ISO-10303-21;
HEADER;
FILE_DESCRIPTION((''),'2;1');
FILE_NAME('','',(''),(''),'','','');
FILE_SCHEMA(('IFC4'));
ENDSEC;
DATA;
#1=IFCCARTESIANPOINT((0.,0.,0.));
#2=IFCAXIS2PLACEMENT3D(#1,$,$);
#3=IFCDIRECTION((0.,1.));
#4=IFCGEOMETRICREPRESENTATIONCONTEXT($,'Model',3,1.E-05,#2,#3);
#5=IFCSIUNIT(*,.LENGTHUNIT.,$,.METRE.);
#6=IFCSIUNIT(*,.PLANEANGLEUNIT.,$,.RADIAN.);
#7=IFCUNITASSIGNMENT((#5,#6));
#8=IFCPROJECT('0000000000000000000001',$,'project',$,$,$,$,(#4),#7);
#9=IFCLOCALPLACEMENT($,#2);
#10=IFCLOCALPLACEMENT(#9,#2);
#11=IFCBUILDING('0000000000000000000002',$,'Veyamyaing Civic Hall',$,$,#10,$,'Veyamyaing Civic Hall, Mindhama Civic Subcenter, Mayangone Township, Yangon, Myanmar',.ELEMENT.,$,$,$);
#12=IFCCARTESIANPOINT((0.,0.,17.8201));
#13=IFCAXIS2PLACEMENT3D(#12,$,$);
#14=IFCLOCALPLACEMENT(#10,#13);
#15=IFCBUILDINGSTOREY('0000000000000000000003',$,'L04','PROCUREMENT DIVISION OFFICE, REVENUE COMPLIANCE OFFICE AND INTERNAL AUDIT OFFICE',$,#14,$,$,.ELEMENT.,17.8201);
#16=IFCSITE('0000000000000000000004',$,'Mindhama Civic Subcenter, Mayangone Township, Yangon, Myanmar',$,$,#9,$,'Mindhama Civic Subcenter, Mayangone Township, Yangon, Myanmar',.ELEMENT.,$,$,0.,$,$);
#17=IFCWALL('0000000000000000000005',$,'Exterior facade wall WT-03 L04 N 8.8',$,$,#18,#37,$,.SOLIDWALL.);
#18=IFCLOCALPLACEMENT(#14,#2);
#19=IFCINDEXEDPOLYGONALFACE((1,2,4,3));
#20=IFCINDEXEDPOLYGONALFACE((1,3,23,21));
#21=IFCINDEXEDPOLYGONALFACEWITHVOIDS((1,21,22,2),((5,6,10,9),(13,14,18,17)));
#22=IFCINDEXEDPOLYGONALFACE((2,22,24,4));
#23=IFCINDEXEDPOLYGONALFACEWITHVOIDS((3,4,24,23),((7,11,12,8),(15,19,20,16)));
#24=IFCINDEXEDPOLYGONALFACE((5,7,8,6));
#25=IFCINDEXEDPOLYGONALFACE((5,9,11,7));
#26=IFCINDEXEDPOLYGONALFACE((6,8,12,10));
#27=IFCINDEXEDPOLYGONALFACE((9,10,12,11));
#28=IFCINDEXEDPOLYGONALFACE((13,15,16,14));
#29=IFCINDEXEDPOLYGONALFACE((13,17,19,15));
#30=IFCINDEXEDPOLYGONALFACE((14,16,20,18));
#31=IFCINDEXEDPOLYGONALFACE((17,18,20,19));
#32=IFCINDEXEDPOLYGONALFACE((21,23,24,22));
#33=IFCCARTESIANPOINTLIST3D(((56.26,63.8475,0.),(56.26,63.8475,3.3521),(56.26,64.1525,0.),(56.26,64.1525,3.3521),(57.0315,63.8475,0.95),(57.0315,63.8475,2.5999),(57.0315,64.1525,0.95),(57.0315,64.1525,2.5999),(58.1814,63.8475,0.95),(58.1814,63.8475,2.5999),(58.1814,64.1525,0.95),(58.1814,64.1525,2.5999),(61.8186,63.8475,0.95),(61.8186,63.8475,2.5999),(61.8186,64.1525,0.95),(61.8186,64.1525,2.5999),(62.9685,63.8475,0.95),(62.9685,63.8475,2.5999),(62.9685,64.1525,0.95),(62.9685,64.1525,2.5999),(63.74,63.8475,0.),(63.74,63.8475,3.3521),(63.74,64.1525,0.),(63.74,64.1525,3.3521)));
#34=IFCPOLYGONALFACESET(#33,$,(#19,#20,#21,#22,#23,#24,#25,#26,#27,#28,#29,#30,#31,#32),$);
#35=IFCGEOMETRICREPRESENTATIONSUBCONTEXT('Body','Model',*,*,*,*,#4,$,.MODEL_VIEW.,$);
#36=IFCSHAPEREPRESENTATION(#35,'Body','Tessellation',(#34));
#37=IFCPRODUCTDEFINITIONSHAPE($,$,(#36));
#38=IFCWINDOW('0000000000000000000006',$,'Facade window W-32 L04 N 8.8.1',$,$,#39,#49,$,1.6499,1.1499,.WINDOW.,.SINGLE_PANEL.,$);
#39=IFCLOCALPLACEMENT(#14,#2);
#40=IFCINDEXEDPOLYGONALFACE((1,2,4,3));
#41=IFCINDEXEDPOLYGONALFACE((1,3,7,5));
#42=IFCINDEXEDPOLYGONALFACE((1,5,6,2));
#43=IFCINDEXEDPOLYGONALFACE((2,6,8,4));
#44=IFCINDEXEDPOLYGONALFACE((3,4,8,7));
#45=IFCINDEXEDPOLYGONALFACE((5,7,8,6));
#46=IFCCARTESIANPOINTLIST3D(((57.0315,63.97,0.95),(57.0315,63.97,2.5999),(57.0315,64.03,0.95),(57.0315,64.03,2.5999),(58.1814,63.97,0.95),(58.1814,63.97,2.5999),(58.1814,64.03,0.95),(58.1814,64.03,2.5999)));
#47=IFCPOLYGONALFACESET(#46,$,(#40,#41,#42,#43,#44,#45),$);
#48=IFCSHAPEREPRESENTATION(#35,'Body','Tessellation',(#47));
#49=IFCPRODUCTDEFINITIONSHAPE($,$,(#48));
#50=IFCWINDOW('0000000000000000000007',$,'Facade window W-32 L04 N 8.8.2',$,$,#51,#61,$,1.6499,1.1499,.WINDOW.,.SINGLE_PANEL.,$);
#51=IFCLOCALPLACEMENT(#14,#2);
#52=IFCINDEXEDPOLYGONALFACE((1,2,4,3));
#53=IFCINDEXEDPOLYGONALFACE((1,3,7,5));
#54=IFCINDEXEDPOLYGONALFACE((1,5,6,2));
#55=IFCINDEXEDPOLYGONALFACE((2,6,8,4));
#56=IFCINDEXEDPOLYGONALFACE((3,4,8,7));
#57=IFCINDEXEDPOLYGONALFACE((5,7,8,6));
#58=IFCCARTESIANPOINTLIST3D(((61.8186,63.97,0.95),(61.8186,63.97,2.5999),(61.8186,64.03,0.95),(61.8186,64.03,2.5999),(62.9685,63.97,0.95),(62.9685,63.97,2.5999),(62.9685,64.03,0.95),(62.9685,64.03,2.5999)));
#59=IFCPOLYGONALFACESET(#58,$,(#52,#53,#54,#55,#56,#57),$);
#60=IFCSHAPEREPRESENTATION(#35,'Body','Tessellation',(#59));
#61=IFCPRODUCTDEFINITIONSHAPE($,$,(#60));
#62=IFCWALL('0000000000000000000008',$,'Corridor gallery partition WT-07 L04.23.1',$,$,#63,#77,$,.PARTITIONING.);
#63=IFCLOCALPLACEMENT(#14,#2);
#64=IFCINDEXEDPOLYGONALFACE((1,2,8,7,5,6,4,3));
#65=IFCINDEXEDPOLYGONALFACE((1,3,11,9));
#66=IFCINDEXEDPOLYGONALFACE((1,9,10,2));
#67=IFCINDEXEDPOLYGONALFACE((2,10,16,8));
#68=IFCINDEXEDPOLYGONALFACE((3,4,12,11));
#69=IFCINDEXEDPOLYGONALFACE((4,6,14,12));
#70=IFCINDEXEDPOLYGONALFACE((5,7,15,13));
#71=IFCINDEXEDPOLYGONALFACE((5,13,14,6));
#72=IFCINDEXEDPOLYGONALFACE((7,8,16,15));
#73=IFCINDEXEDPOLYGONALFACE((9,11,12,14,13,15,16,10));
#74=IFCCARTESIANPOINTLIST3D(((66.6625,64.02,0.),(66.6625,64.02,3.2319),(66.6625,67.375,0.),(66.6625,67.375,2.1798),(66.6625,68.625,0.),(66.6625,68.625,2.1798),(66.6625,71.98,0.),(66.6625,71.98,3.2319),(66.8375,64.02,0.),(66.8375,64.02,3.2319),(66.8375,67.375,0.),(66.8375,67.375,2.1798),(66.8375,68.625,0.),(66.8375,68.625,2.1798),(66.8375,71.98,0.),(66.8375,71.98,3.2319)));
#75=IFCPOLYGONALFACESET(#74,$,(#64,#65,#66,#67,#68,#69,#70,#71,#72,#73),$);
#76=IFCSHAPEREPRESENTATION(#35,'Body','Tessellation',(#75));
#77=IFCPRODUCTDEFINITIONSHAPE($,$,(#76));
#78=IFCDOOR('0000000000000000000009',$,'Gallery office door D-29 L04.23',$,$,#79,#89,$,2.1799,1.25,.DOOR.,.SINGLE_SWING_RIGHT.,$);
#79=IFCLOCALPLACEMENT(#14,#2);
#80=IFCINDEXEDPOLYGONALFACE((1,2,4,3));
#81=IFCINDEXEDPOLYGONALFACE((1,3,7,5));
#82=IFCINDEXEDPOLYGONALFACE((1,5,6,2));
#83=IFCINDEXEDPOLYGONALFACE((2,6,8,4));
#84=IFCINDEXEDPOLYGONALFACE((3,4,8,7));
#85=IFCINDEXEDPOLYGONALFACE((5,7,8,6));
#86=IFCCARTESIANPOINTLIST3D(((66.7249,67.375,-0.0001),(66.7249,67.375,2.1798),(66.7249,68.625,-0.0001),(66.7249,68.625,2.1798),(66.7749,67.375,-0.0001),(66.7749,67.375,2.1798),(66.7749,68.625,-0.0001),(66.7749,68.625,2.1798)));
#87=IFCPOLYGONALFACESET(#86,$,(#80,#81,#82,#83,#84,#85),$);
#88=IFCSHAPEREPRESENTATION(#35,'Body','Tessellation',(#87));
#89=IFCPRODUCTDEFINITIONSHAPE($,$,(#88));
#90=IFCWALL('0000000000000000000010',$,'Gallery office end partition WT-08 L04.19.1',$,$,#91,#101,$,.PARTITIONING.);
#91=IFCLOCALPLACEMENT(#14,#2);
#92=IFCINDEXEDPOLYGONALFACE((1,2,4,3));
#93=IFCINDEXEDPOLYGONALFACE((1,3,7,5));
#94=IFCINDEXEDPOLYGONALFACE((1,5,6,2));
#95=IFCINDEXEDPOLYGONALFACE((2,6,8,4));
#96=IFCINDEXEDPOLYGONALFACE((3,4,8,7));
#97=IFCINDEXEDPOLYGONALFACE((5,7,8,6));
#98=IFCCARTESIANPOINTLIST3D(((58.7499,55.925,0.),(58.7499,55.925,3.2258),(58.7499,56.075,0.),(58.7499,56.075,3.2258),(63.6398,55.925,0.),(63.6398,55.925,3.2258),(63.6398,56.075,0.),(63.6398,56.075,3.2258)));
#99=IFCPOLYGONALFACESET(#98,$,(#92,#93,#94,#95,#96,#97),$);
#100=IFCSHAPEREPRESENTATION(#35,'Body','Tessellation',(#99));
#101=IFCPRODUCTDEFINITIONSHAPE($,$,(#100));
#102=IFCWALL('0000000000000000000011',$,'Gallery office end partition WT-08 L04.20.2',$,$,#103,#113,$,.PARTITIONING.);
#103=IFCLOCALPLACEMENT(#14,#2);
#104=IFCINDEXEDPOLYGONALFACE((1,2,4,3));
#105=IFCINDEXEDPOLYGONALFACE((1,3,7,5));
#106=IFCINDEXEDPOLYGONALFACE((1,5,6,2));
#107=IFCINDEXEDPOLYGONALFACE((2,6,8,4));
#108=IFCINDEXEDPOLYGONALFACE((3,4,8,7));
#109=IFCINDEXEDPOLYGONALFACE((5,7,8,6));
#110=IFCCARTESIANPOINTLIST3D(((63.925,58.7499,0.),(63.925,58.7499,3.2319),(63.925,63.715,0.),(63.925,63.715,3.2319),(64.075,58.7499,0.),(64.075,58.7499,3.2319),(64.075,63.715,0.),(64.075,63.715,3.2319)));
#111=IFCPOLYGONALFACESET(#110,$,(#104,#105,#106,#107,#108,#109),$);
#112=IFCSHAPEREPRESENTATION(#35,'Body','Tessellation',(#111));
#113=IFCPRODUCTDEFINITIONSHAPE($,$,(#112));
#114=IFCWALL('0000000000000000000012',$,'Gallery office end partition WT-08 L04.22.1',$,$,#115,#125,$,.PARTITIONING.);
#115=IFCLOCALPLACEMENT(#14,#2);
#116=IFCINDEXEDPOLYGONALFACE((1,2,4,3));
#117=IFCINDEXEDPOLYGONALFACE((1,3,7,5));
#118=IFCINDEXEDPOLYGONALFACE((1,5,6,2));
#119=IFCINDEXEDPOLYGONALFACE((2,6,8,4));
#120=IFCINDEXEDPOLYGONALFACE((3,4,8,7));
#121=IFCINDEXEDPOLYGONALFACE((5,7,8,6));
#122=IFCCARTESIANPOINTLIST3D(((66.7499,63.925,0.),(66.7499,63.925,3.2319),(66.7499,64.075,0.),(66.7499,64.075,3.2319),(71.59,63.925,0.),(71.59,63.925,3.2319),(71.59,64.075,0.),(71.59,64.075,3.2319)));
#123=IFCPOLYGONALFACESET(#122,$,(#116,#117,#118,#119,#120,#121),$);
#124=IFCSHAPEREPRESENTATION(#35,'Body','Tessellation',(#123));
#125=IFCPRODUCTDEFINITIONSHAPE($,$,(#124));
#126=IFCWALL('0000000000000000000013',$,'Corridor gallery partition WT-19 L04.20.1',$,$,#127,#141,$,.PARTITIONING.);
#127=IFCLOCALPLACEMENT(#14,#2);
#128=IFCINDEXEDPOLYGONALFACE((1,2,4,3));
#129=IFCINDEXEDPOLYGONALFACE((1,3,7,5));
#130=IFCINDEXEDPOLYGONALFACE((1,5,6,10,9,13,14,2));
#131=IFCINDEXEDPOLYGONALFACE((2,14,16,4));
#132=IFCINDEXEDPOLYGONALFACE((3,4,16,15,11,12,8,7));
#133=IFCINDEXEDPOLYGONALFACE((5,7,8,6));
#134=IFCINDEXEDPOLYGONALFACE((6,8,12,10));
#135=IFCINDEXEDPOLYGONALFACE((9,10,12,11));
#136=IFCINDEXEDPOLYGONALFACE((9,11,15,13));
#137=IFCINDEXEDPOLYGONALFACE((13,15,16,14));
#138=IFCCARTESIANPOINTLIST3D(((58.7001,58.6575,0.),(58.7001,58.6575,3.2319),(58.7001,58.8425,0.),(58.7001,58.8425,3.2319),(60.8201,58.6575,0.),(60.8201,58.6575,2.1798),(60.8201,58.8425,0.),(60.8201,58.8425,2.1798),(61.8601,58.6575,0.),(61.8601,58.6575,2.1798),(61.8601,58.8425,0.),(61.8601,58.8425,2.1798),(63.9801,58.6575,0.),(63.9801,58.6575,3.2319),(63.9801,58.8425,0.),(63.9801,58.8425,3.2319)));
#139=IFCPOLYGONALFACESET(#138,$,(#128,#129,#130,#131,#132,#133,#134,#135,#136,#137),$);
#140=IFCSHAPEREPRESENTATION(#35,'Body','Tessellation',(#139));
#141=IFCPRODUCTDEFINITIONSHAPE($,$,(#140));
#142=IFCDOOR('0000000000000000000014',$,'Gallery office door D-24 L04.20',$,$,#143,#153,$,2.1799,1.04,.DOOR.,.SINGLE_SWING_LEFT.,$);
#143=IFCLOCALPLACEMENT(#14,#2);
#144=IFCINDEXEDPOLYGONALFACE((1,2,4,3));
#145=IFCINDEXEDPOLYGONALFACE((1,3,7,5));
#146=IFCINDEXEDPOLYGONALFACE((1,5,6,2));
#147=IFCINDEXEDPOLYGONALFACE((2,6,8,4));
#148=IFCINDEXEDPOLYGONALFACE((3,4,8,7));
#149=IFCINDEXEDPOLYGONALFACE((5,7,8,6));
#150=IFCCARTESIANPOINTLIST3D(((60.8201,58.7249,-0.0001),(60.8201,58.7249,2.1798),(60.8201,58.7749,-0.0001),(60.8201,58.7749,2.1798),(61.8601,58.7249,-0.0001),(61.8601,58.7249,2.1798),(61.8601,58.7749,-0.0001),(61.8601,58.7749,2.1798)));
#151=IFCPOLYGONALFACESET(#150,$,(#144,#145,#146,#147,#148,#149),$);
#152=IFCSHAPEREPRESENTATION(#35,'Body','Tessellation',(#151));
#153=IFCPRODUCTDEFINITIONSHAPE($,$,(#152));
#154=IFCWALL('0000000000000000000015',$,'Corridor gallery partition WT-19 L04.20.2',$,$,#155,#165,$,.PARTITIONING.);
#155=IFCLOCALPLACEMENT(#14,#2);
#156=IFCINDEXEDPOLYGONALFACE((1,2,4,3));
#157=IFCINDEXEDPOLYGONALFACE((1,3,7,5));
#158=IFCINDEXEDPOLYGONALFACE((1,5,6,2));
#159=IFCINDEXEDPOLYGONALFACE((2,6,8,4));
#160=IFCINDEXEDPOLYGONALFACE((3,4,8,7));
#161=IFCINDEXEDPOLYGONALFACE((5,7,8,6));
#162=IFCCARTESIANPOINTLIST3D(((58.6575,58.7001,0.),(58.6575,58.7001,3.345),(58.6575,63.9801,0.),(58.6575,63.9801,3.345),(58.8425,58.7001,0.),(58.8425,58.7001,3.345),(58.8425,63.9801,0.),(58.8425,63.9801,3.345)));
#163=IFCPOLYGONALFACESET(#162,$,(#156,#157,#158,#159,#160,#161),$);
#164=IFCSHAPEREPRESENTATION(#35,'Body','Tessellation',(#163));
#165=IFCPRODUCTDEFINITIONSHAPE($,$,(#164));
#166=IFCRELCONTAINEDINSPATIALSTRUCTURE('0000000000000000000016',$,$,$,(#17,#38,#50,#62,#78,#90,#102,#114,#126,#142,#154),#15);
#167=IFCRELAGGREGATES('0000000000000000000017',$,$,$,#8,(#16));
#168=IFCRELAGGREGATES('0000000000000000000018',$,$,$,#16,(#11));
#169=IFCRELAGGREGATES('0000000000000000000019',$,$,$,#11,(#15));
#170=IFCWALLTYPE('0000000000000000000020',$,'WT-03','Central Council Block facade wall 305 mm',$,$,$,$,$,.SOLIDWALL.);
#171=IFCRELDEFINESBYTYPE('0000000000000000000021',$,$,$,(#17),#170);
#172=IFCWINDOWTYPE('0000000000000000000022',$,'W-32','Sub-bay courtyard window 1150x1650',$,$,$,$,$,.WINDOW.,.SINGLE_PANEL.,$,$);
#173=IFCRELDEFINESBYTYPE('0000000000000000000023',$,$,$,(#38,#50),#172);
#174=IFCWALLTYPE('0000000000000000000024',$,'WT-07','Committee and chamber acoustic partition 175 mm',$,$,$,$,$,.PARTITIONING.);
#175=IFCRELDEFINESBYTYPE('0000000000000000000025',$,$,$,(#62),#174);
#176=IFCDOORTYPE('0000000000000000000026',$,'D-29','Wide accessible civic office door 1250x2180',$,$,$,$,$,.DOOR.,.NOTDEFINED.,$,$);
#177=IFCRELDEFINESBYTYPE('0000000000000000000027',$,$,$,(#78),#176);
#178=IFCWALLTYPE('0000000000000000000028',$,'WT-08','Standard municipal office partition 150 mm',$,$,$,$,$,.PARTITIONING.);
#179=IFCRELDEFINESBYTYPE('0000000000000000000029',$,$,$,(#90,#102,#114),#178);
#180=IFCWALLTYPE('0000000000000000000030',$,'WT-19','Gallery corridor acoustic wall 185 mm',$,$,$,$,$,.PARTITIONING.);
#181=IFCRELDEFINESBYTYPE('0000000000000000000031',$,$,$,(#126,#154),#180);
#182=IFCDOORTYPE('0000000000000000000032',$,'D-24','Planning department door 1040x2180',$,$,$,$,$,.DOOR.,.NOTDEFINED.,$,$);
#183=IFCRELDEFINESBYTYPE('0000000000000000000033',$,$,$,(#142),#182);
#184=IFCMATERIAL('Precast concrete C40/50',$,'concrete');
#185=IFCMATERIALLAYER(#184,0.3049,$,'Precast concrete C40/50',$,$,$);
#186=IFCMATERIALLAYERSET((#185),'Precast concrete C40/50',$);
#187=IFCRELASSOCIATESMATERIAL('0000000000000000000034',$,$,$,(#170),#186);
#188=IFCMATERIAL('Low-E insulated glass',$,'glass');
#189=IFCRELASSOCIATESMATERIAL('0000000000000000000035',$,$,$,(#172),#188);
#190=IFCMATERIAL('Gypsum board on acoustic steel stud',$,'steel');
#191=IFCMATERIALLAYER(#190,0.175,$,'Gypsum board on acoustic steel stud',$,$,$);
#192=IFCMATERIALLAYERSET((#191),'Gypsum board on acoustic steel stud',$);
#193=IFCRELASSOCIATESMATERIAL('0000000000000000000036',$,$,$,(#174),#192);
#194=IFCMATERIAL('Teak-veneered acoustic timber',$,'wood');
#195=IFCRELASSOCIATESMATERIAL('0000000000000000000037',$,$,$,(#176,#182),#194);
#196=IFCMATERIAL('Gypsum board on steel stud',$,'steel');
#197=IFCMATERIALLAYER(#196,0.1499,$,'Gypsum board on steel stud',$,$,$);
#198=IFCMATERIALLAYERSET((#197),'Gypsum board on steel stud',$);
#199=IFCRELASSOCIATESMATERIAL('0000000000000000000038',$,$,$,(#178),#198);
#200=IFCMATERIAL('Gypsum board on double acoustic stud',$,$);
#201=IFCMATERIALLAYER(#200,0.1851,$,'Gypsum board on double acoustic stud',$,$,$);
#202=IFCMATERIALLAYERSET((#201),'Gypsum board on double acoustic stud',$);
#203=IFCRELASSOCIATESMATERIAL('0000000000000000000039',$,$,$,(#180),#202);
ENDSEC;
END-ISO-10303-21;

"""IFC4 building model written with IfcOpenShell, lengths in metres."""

from ifc_helpers import new_model, si_unit, direction, frame, frame_2d, origin, place, context, subcontext, project, spatial, rectangle, extrude, material, layer, layer_set, type_object, element, fill, save


model = new_model("IFC4")

# Units and contexts
model_context = context("Model", 3, precision=1e-05, world=origin(), true_north=direction((0.0, 1.0)))
body_context = subcontext(model_context, "Body", "Model", "MODEL_VIEW")
ifc_project = project(units=[si_unit("LENGTHUNIT", "METRE"), si_unit("PLANEANGLEUNIT", "RADIAN")], contexts=[model_context])

# Site, building, storey
site_placement = place(None, origin())
site = spatial("IfcSite", under=ifc_project, at=site_placement, Name="Mindhama Civic Subcenter, Mayangone Township, Yangon, Myanmar", LongName="Mindhama Civic Subcenter, Mayangone Township, Yangon, Myanmar", CompositionType="ELEMENT", RefElevation=0.0)
building_placement = place(site_placement, origin())
building = spatial("IfcBuilding", under=site, at=building_placement, Name="Veyamyaing Civic Hall", LongName="Veyamyaing Civic Hall, Mindhama Civic Subcenter, Mayangone Township, Yangon, Myanmar", CompositionType="ELEMENT")
storey_placement = place(building_placement, frame((0.0, 0.0, 17.8201)))
storey = spatial("IfcBuildingStorey", under=building, at=storey_placement, Name="L04", Description="PROCUREMENT DIVISION OFFICE, REVENUE COMPLIANCE OFFICE AND INTERNAL AUDIT OFFICE", CompositionType="ELEMENT", Elevation=17.8201)

# Wall, openings, windows
ifc_material_1 = material(Name="Precast concrete C40/50", Category="concrete")
ifc_layer_1 = layer(ifc_material_1, 0.3049, Name="Precast concrete C40/50")
ifc_layer_set_1 = layer_set([ifc_layer_1], Name="Precast concrete C40/50")
wall_type_1 = type_object("IfcWallType", Name="WT-03", Description="Central Council Block facade wall 305 mm", PredefinedType="SOLIDWALL", material=ifc_layer_set_1)
wall_1_placement = place(storey_placement, frame((56.26, 64.0, 0.0), z_axis=(0.0, 0.0, 1.0), x_axis=(1.0, 0.0, 0.0)))
wall_1 = element("IfcWall", 1, at=wall_1_placement, inside=storey, type_object=wall_type_1, Name="Exterior facade wall WT-03 L04 N 8.8", PredefinedType="SOLIDWALL", context=body_context, shape_type="SweptSolid", body=[
    extrude(rectangle(XDim=7.48, YDim=0.3049, at=frame_2d((3.74, 0.0))), origin(), (0.0, 0.0, 1.0), 3.3521),
])
opening_1_placement = place(wall_1_placement, frame((0.7715, 0.0, 0.95)))
opening_1 = element("IfcOpeningElement", 2, at=opening_1_placement, cuts=wall_1, PredefinedType="OPENING", context=body_context, shape_type="SweptSolid", body=[
    extrude(rectangle(XDim=1.1499, YDim=1.6499, at=frame_2d((0.575, 0.825))), frame((0.0, 0.1624, 0.0), z_axis=(0.0, -1.0, 0.0), x_axis=(1.0, 0.0, 0.0)), (0.0, 0.0, 1.0), 0.325),
])
opening_2_placement = place(wall_1_placement, frame((5.5586, 0.0, 0.95)))
opening_2 = element("IfcOpeningElement", 3, at=opening_2_placement, cuts=wall_1, PredefinedType="OPENING", context=body_context, shape_type="SweptSolid", body=[
    extrude(rectangle(XDim=1.1499, YDim=1.6499, at=frame_2d((0.575, 0.825))), frame((0.0, 0.1624, 0.0), z_axis=(0.0, -1.0, 0.0), x_axis=(1.0, 0.0, 0.0)), (0.0, 0.0, 1.0), 0.325),
])
ifc_material_2 = material(Name="Low-E insulated glass", Category="glass")
window_type = type_object("IfcWindowType", Name="W-32", Description="Sub-bay courtyard window 1150x1650", PartitioningType="SINGLE_PANEL", PredefinedType="WINDOW", material=ifc_material_2)
window_1_placement = place(opening_1_placement, origin())
window_1 = element("IfcWindow", 4, at=window_1_placement, inside=storey, type_object=window_type, Name="Facade window W-32 L04 N 8.8.1", OverallHeight=1.6499, OverallWidth=1.1499, PartitioningType="SINGLE_PANEL", PredefinedType="WINDOW", context=body_context, shape_type="SweptSolid", body=[
    extrude(rectangle(XDim=1.1499, YDim=1.6499, at=frame_2d((0.575, 0.825))), frame((0.0, 0.03, 0.0), z_axis=(0.0, -1.0, 0.0), x_axis=(1.0, 0.0, 0.0)), (0.0, 0.0, 1.0), 0.0601),
])
fill(opening_1, window_1)
window_2_placement = place(opening_2_placement, origin())
window_2 = element("IfcWindow", 5, at=window_2_placement, inside=storey, type_object=window_type, Name="Facade window W-32 L04 N 8.8.2", OverallHeight=1.6499, OverallWidth=1.1499, PartitioningType="SINGLE_PANEL", PredefinedType="WINDOW", context=body_context, shape_type="SweptSolid", body=[
    extrude(rectangle(XDim=1.1499, YDim=1.6499, at=frame_2d((0.575, 0.825))), frame((0.0, 0.03, 0.0), z_axis=(0.0, -1.0, 0.0), x_axis=(1.0, 0.0, 0.0)), (0.0, 0.0, 1.0), 0.0601),
])
fill(opening_2, window_2)

# Wall, opening, door
ifc_material_3 = material(Name="Gypsum board on acoustic steel stud", Category="steel")
ifc_layer_2 = layer(ifc_material_3, 0.175, Name="Gypsum board on acoustic steel stud")
ifc_layer_set_2 = layer_set([ifc_layer_2], Name="Gypsum board on acoustic steel stud")
wall_type_2 = type_object("IfcWallType", Name="WT-07", Description="Committee and chamber acoustic partition 175 mm", PredefinedType="PARTITIONING", material=ifc_layer_set_2)
wall_2_placement = place(storey_placement, frame((66.75, 64.02, 0.0), z_axis=(0.0, 0.0, 1.0), x_axis=(0.0, 1.0, 0.0)))
wall_2 = element("IfcWall", 6, at=wall_2_placement, inside=storey, type_object=wall_type_2, Name="Corridor gallery partition WT-07 L04.23.1", PredefinedType="PARTITIONING", context=body_context, shape_type="SweptSolid", body=[
    extrude(rectangle(XDim=7.96, YDim=0.175, at=frame_2d((3.98, 0.0))), origin(), (0.0, 0.0, 1.0), 3.2319),
])
opening_3_placement = place(wall_2_placement, frame((3.355, 0.0, 0.0)))
opening_3 = element("IfcOpeningElement", 7, at=opening_3_placement, cuts=wall_2, PredefinedType="OPENING", context=body_context, shape_type="SweptSolid", body=[
    extrude(rectangle(XDim=1.25, YDim=2.1799, at=frame_2d((0.625, 1.0898))), frame((0.0, 0.0974, 0.0), z_axis=(0.0, -1.0, 0.0), x_axis=(1.0, 0.0, 0.0)), (0.0, 0.0, 1.0), 0.1951),
])
ifc_material_4 = material(Name="Teak-veneered acoustic timber", Category="wood")
door_type_1 = type_object("IfcDoorType", Name="D-29", Description="Wide accessible civic office door 1250x2180", OperationType="NOTDEFINED", PredefinedType="DOOR", material=ifc_material_4)
door_1_placement = place(opening_3_placement, frame((1.25, 0.0, 0.0), z_axis=(0.0, 0.0, 1.0), x_axis=(-1.0, 0.0, 0.0)))
door_1 = element("IfcDoor", 8, at=door_1_placement, inside=storey, type_object=door_type_1, Name="Gallery office door D-29 L04.23", OperationType="SINGLE_SWING_RIGHT", OverallHeight=2.1799, OverallWidth=1.25, PredefinedType="DOOR", context=body_context, shape_type="SweptSolid", body=[
    extrude(rectangle(XDim=1.25, YDim=2.1799, at=frame_2d((0.625, 1.0898))), frame((0.0, 0.0249, 0.0), z_axis=(0.0, -1.0, 0.0), x_axis=(1.0, 0.0, 0.0)), (0.0, 0.0, 1.0), 0.05),
])
fill(opening_3, door_1)

# Walls
ifc_material_5 = material(Name="Gypsum board on steel stud", Category="steel")
ifc_layer_3 = layer(ifc_material_5, 0.1499, Name="Gypsum board on steel stud")
ifc_layer_set_3 = layer_set([ifc_layer_3], Name="Gypsum board on steel stud")
wall_type_3 = type_object("IfcWallType", Name="WT-08", Description="Standard municipal office partition 150 mm", PredefinedType="PARTITIONING", material=ifc_layer_set_3)
wall_3_placement = place(storey_placement, frame((58.75, 56.0, 0.0), z_axis=(0.0, 0.0, 1.0), x_axis=(1.0, 0.0, 0.0)))
element("IfcWall", 9, at=wall_3_placement, inside=storey, type_object=wall_type_3, Name="Gallery office end partition WT-08 L04.19.1", PredefinedType="PARTITIONING", context=body_context, shape_type="SweptSolid", body=[
    extrude(rectangle(XDim=4.8899, YDim=0.1499, at=frame_2d((2.4448, 0.0))), origin(), (0.0, 0.0, 1.0), 3.2258),
])
wall_4_placement = place(storey_placement, frame((64.0, 58.75, 0.0), z_axis=(0.0, 0.0, 1.0), x_axis=(0.0, 1.0, 0.0)))
element("IfcWall", 10, at=wall_4_placement, inside=storey, type_object=wall_type_3, Name="Gallery office end partition WT-08 L04.20.2", PredefinedType="PARTITIONING", context=body_context, shape_type="SweptSolid", body=[
    extrude(rectangle(XDim=4.9651, YDim=0.1499, at=frame_2d((2.4824, 0.0))), origin(), (0.0, 0.0, 1.0), 3.2319),
])
wall_5_placement = place(storey_placement, frame((66.75, 64.0, 0.0), z_axis=(0.0, 0.0, 1.0), x_axis=(1.0, 0.0, 0.0)))
element("IfcWall", 11, at=wall_5_placement, inside=storey, type_object=wall_type_3, Name="Gallery office end partition WT-08 L04.22.1", PredefinedType="PARTITIONING", context=body_context, shape_type="SweptSolid", body=[
    extrude(rectangle(XDim=4.8401, YDim=0.1499, at=frame_2d((2.4199, 0.0))), origin(), (0.0, 0.0, 1.0), 3.2319),
])

# Wall, opening, door
ifc_material_6 = material(Name="Gypsum board on double acoustic stud")
ifc_layer_4 = layer(ifc_material_6, 0.1851, Name="Gypsum board on double acoustic stud")
ifc_layer_set_4 = layer_set([ifc_layer_4], Name="Gypsum board on double acoustic stud")
wall_type_4 = type_object("IfcWallType", Name="WT-19", Description="Gallery corridor acoustic wall 185 mm", PredefinedType="PARTITIONING", material=ifc_layer_set_4)
wall_6_placement = place(storey_placement, frame((58.7, 58.75, 0.0), z_axis=(0.0, 0.0, 1.0), x_axis=(1.0, 0.0, 0.0)))
wall_6 = element("IfcWall", 12, at=wall_6_placement, inside=storey, type_object=wall_type_4, Name="Corridor gallery partition WT-19 L04.20.1", PredefinedType="PARTITIONING", context=body_context, shape_type="SweptSolid", body=[
    extrude(rectangle(XDim=5.28, YDim=0.1851, at=frame_2d((2.6401, 0.0))), origin(), (0.0, 0.0, 1.0), 3.2319),
])
opening_4_placement = place(wall_6_placement, frame((2.1201, 0.0, 0.0)))
opening_4 = element("IfcOpeningElement", 13, at=opening_4_placement, cuts=wall_6, PredefinedType="OPENING", context=body_context, shape_type="SweptSolid", body=[
    extrude(rectangle(XDim=1.04, YDim=2.1799, at=frame_2d((0.52, 1.0898))), frame((0.0, 0.1025, 0.0), z_axis=(0.0, -1.0, 0.0), x_axis=(1.0, 0.0, 0.0)), (0.0, 0.0, 1.0), 0.2051),
])
door_type_2 = type_object("IfcDoorType", Name="D-24", Description="Planning department door 1040x2180", OperationType="NOTDEFINED", PredefinedType="DOOR", material=ifc_material_4)
door_2_placement = place(opening_4_placement, origin())
door_2 = element("IfcDoor", 14, at=door_2_placement, inside=storey, type_object=door_type_2, Name="Gallery office door D-24 L04.20", OperationType="SINGLE_SWING_LEFT", OverallHeight=2.1799, OverallWidth=1.04, PredefinedType="DOOR", context=body_context, shape_type="SweptSolid", body=[
    extrude(rectangle(XDim=1.04, YDim=2.1799, at=frame_2d((0.52, 1.0898))), frame((0.0, 0.0249, 0.0), z_axis=(0.0, -1.0, 0.0), x_axis=(1.0, 0.0, 0.0)), (0.0, 0.0, 1.0), 0.05),
])
fill(opening_4, door_2)

# Wall
wall_7_placement = place(storey_placement, frame((58.75, 58.7, 0.0), z_axis=(0.0, 0.0, 1.0), x_axis=(0.0, 1.0, 0.0)))
element("IfcWall", 15, at=wall_7_placement, inside=storey, type_object=wall_type_4, Name="Corridor gallery partition WT-19 L04.20.2", PredefinedType="PARTITIONING", context=body_context, shape_type="SweptSolid", body=[
    extrude(rectangle(XDim=5.28, YDim=0.1851, at=frame_2d((2.6401, 0.0))), origin(), (0.0, 0.0, 1.0), 3.345),
])

save(model, "model.ifc")
